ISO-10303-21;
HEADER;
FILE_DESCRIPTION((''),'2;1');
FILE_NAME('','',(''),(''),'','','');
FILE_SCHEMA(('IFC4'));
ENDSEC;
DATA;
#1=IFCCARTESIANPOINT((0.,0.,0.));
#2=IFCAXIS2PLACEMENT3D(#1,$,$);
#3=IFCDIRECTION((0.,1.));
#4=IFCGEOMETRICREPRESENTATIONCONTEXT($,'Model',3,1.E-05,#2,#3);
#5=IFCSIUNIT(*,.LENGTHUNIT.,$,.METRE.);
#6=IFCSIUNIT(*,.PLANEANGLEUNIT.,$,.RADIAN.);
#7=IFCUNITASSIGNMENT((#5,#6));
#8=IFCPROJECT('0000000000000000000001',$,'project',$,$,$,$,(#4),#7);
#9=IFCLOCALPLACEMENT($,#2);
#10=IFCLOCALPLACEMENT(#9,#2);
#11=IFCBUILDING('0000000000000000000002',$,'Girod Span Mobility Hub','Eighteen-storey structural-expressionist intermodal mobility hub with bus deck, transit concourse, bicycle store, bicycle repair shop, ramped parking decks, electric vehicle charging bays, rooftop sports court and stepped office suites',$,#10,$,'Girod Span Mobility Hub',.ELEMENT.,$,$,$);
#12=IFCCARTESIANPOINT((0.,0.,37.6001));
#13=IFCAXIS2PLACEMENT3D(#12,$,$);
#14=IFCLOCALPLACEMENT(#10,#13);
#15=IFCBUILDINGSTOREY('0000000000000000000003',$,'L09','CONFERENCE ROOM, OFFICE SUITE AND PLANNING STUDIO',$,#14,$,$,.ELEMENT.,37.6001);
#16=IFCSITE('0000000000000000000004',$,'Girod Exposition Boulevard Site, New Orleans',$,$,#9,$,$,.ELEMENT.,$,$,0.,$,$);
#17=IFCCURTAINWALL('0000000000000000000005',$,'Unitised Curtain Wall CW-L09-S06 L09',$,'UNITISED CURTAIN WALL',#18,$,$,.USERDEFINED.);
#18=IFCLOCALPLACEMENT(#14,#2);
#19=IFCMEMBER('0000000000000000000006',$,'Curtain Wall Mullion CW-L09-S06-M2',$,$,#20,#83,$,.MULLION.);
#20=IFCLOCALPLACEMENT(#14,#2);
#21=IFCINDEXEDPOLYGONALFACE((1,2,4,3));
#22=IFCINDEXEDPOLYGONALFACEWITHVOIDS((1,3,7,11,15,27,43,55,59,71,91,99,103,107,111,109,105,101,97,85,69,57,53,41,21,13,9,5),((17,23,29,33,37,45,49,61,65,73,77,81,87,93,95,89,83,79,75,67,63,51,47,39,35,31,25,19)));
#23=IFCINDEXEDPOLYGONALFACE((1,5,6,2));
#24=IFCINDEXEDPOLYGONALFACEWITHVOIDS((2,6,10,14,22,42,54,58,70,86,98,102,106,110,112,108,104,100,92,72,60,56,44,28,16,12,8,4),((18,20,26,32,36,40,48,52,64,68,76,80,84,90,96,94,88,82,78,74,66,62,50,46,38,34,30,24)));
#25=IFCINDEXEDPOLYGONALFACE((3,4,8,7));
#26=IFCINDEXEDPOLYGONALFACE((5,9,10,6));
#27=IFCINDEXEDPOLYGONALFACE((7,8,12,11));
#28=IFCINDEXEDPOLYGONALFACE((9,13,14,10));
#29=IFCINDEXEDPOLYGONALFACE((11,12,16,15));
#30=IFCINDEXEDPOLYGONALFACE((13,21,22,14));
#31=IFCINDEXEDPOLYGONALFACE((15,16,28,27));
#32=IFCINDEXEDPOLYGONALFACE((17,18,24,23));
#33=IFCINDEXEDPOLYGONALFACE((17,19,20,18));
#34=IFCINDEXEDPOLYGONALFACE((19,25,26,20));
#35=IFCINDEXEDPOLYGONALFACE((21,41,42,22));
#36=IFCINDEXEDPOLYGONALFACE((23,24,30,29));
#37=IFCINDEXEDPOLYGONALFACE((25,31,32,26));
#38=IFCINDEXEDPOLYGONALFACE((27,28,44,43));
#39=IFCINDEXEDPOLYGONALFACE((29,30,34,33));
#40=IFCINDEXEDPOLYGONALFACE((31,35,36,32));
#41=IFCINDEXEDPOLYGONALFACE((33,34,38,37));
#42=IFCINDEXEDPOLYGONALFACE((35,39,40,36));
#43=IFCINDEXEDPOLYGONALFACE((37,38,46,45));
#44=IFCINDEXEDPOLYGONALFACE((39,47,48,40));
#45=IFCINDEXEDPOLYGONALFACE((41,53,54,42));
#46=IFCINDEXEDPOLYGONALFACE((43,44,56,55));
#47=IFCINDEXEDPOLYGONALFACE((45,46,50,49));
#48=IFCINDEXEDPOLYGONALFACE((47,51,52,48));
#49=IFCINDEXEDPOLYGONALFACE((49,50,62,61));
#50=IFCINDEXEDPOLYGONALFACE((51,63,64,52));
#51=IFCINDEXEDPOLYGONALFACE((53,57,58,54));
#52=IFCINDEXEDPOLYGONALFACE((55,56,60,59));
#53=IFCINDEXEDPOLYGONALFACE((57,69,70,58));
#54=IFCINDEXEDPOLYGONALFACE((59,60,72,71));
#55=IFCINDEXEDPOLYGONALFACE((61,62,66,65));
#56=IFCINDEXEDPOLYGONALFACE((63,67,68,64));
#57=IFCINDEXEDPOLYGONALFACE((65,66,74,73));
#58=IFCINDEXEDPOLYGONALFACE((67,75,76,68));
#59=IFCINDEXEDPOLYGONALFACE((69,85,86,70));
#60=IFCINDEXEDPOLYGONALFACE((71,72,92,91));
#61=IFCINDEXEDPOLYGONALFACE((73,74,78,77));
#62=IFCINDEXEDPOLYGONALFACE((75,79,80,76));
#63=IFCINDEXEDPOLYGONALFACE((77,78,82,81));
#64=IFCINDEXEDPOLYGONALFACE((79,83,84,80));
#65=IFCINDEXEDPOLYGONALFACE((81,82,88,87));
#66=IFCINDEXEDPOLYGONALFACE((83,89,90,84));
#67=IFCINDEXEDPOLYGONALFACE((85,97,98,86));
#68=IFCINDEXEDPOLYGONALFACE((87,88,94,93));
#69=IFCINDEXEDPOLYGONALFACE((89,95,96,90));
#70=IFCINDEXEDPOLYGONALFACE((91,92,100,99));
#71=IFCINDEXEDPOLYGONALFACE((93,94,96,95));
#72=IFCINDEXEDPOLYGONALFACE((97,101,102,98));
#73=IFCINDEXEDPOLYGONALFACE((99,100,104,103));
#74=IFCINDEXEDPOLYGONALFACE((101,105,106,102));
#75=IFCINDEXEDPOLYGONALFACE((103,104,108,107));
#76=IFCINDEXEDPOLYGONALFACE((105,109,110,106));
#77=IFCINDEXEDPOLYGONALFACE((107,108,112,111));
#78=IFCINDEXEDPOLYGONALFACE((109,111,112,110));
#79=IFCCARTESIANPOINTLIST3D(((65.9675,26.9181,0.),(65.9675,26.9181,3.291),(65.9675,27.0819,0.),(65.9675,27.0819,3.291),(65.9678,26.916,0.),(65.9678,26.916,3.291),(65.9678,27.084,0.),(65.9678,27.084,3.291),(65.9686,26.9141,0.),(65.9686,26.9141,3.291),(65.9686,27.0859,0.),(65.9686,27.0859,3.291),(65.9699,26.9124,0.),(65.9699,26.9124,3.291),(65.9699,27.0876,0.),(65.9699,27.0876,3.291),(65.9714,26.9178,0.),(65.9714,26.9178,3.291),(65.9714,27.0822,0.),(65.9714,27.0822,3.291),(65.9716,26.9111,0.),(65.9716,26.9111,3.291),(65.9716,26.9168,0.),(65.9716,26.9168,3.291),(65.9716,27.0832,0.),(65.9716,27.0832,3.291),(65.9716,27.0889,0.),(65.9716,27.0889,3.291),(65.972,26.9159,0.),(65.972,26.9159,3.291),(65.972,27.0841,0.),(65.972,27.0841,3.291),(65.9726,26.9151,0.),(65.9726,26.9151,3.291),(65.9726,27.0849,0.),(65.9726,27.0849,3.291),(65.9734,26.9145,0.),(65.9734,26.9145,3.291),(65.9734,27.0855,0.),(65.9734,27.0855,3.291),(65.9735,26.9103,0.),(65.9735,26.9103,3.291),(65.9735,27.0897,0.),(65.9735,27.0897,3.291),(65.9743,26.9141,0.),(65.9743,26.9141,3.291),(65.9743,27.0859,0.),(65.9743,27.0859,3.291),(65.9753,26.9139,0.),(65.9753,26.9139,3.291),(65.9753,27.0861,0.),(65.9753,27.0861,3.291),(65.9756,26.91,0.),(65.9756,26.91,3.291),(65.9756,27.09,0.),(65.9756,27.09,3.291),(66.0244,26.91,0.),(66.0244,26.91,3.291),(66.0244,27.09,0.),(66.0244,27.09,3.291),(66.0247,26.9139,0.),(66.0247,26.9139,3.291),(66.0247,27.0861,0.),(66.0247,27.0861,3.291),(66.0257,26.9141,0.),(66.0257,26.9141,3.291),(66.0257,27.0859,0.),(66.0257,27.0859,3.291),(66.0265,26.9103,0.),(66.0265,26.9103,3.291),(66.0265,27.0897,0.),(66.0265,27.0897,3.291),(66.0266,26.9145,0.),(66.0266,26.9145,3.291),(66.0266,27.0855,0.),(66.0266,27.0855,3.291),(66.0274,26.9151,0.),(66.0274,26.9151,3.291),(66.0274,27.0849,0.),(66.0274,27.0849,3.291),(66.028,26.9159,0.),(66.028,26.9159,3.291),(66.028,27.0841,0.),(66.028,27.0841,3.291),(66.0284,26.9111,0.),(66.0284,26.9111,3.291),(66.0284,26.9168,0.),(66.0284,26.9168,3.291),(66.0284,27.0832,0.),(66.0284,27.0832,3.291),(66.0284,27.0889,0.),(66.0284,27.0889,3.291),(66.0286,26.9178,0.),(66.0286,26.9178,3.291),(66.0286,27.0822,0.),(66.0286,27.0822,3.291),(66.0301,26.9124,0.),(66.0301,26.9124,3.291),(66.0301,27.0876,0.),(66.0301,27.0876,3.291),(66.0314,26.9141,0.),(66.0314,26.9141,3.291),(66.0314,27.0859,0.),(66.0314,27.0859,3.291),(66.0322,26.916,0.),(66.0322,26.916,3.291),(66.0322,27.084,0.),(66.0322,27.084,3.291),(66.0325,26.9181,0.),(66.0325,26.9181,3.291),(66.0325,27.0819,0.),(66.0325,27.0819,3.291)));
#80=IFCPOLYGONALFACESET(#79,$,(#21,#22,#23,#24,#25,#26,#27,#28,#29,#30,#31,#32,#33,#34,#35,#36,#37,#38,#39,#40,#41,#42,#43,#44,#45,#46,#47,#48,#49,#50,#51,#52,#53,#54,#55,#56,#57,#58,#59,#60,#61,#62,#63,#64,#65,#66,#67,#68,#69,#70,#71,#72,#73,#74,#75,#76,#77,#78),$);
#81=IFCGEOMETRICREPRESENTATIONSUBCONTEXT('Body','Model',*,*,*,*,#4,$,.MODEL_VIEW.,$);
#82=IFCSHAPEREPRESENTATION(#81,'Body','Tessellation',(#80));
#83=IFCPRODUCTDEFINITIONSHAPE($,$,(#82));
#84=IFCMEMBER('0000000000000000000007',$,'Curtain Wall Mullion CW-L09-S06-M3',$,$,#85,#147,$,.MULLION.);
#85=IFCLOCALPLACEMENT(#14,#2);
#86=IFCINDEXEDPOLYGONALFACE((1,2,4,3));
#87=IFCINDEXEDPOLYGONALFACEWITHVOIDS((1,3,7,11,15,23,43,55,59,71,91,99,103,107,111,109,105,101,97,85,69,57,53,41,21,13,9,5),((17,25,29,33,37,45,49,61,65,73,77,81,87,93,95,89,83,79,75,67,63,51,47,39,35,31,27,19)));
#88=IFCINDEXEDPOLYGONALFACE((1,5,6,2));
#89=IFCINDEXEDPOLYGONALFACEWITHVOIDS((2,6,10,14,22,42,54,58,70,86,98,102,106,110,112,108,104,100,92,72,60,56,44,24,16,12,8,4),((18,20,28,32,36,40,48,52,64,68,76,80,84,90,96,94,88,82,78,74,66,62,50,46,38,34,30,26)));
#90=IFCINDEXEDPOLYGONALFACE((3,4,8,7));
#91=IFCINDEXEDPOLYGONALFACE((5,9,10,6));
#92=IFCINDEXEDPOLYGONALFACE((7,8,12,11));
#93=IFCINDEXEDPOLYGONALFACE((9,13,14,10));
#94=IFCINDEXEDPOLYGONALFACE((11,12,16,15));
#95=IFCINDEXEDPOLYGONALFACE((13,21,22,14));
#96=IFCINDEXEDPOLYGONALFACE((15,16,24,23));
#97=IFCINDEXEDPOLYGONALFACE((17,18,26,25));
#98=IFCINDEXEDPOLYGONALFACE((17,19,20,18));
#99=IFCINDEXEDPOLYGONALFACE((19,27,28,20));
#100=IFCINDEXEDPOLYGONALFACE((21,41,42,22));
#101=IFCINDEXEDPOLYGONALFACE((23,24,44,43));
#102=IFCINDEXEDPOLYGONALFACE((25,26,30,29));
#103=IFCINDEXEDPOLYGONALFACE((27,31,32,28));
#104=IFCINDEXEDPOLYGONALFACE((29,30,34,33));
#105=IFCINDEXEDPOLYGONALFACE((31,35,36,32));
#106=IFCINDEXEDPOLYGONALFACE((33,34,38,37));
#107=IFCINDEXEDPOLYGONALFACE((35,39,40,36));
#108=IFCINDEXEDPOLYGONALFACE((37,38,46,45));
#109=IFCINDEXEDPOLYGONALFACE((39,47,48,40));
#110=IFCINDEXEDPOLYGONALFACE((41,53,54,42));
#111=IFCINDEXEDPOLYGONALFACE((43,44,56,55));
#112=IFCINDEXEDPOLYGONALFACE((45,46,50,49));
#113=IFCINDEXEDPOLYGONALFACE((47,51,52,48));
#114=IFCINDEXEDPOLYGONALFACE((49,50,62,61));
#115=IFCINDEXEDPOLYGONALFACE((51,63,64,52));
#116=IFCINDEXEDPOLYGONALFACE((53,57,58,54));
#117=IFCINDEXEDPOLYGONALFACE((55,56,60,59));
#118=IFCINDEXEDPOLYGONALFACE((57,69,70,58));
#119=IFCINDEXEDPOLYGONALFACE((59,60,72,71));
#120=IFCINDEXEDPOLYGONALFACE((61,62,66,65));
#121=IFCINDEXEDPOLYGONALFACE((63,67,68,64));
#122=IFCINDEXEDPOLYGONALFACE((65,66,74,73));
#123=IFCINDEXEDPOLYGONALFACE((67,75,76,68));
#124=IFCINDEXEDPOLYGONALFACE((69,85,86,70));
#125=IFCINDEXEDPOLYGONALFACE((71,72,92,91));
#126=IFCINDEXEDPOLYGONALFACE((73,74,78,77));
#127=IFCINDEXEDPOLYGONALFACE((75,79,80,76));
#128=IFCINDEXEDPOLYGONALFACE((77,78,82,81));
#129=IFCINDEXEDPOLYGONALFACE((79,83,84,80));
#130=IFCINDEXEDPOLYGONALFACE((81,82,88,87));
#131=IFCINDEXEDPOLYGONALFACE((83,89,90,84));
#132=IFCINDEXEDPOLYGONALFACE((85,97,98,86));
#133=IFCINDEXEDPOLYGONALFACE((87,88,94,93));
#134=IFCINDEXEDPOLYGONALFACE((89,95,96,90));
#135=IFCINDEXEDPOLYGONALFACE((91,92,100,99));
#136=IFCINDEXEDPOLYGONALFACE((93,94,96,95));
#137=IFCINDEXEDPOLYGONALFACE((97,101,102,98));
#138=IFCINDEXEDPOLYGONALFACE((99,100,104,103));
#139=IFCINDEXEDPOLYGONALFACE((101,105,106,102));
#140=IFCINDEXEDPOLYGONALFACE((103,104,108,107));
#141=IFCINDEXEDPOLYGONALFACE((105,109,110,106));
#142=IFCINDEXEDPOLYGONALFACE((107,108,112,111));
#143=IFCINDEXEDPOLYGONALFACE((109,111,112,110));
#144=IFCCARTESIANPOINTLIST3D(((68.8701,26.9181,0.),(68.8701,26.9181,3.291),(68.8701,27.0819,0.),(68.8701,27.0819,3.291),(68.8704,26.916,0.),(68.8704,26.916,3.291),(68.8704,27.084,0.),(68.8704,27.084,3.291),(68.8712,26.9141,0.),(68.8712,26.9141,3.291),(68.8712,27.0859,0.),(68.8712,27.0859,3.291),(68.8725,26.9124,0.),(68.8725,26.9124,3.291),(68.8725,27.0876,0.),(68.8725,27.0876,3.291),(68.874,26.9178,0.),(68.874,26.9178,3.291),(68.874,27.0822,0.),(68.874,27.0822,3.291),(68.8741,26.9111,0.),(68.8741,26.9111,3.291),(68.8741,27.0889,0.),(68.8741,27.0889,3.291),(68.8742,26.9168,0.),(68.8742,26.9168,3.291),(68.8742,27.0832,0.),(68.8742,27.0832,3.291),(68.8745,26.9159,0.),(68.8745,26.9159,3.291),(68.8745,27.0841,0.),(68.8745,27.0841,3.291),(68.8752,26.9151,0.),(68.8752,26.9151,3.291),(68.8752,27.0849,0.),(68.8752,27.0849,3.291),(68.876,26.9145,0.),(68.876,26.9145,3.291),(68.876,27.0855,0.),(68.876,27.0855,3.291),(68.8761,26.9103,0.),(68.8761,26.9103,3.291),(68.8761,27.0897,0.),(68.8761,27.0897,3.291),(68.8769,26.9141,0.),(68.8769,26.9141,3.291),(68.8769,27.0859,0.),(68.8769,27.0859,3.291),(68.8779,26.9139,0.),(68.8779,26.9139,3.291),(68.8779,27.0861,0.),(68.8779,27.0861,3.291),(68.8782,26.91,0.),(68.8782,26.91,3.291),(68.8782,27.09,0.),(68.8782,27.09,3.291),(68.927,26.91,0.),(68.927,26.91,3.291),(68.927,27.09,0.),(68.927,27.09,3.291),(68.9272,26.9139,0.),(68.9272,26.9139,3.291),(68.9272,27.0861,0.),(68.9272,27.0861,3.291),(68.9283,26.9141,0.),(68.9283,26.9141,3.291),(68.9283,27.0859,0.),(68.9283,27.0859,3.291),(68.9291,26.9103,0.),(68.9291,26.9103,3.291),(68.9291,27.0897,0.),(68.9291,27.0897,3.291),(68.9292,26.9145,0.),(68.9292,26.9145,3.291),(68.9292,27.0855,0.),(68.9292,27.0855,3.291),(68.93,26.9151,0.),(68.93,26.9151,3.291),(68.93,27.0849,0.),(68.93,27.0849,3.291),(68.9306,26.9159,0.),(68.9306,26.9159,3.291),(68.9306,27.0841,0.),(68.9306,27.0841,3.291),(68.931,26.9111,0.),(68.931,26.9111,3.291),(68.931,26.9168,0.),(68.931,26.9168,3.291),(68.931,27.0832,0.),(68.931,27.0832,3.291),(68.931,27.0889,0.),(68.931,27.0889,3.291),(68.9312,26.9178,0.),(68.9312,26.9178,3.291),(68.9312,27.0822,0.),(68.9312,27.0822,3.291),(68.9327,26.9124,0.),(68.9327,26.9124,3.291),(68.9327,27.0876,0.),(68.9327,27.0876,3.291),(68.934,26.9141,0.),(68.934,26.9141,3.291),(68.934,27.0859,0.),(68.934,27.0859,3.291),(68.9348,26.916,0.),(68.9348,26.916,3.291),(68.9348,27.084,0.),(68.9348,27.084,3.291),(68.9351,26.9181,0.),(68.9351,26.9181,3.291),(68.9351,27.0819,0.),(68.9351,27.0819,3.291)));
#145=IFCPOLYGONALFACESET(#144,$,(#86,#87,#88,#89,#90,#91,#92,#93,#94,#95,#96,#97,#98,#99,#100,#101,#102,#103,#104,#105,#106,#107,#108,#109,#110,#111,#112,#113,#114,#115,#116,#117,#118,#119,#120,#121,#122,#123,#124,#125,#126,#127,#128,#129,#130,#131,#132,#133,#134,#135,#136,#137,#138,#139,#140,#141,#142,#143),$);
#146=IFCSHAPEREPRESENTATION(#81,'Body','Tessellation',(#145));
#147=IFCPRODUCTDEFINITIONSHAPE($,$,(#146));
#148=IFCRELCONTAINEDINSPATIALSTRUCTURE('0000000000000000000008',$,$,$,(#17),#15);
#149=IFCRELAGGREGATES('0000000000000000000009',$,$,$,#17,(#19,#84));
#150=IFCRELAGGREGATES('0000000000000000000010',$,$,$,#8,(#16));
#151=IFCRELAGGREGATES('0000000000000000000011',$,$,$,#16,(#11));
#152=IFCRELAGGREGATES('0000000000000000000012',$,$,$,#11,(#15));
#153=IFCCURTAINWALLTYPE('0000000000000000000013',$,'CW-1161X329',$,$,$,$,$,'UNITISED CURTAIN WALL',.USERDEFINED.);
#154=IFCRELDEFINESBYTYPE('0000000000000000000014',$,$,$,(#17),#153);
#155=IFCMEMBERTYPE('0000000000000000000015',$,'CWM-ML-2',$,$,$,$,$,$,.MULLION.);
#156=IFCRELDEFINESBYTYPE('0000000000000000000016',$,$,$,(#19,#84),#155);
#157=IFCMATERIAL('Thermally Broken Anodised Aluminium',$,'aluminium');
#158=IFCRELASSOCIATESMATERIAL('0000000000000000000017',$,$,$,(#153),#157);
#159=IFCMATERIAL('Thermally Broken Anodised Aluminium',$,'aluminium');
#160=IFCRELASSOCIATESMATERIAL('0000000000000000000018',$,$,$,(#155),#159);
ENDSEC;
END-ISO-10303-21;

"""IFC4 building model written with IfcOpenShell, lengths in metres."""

from ifc_helpers import new_model, si_unit, direction, frame, origin, origin_2d, place, context, subcontext, project, spatial, hollow_rectangle, extrude, material, material_profile, profile_set, type_object, element, aggregate, save


model = new_model("IFC4")

# Units and contexts
model_context = context("Model", 3, precision=1e-05, world=origin(), true_north=direction((0.0, 1.0)))
body_context = subcontext(model_context, "Body", "Model", "MODEL_VIEW")
ifc_project = project(units=[si_unit("LENGTHUNIT", "METRE"), si_unit("PLANEANGLEUNIT", "RADIAN")], contexts=[model_context])

# Site, building, storey
site_placement = place(None, origin())
site = spatial("IfcSite", under=ifc_project, at=site_placement, Name="Girod Exposition Boulevard Site, New Orleans", CompositionType="ELEMENT", RefElevation=0.0)
building_placement = place(site_placement, origin())
building = spatial("IfcBuilding", under=site, at=building_placement, Name="Girod Span Mobility Hub", Description="Eighteen-storey structural-expressionist intermodal mobility hub with bus deck, transit concourse, bicycle store, bicycle repair shop, ramped parking decks, electric vehicle charging bays, rooftop sports court and stepped office suites", LongName="Girod Span Mobility Hub", CompositionType="ELEMENT")
storey_placement = place(building_placement, frame((0.0, 0.0, 37.6001)))
storey = spatial("IfcBuildingStorey", under=building, at=storey_placement, Name="L09", Description="CONFERENCE ROOM, OFFICE SUITE AND PLANNING STUDIO", CompositionType="ELEMENT", Elevation=37.6001)

# Curtain wall, members
ifc_material_1 = material(Name="Thermally Broken Anodised Aluminium", Category="aluminium")
curtain_wall_type = type_object("IfcCurtainWallType", Name="CW-1161X329", ElementType="UNITISED CURTAIN WALL", PredefinedType="USERDEFINED", material=ifc_material_1)
ifc_material_2 = material(Name="Thermally Broken Anodised Aluminium", Category="aluminium")
ifc_material_profile_1 = material_profile(ifc_material_2, hollow_rectangle(XDim=0.1799, YDim=0.0649, WallThickness=0.0039, InnerFilletRadius=0.0039, OuterFilletRadius=0.0081, at=origin_2d()), Name="CW-ML-65X180")
ifc_profile_set_1 = profile_set([ifc_material_profile_1], Name="Thermally Broken Anodised Aluminium")
member_type_1 = type_object("IfcMemberType", Name="CWM-ML-2", PredefinedType="MULLION", material=ifc_profile_set_1)
curtain_wall_1_placement = place(storey_placement, origin())
curtain_wall_1 = element("IfcCurtainWall", 1, at=curtain_wall_1_placement, inside=storey, type_object=curtain_wall_type, Name="Unitised Curtain Wall CW-L09-S06 L09", ObjectType="UNITISED CURTAIN WALL", PredefinedType="USERDEFINED")
member_1_placement = place(storey_placement, frame((66.0, 27.0, 0.0), z_axis=(0.0, 0.0, 1.0), x_axis=(0.0, 1.0, 0.0)))
member_1 = element("IfcMember", 2, at=member_1_placement, type_object=member_type_1, Name="Curtain Wall Mullion CW-L09-S06-M2", PredefinedType="MULLION", context=body_context, shape_type="SweptSolid", body=[
    extrude(hollow_rectangle(XDim=0.1799, YDim=0.0649, WallThickness=0.0039, InnerFilletRadius=0.0039, OuterFilletRadius=0.0081, at=origin_2d()), origin(), (0.0, 0.0, 1.0), 3.291),
])
member_2_placement = place(storey_placement, frame((68.9026, 27.0, 0.0), z_axis=(0.0, 0.0, 1.0), x_axis=(0.0, 1.0, 0.0)))
member_2 = element("IfcMember", 3, at=member_2_placement, type_object=member_type_1, Name="Curtain Wall Mullion CW-L09-S06-M3", PredefinedType="MULLION", context=body_context, shape_type="SweptSolid", body=[
    extrude(hollow_rectangle(XDim=0.1799, YDim=0.0649, WallThickness=0.0039, InnerFilletRadius=0.0039, OuterFilletRadius=0.0081, at=origin_2d()), origin(), (0.0, 0.0, 1.0), 3.291),
])

aggregate(curtain_wall_1, [member_1, member_2])

save(model, "model.ifc")
